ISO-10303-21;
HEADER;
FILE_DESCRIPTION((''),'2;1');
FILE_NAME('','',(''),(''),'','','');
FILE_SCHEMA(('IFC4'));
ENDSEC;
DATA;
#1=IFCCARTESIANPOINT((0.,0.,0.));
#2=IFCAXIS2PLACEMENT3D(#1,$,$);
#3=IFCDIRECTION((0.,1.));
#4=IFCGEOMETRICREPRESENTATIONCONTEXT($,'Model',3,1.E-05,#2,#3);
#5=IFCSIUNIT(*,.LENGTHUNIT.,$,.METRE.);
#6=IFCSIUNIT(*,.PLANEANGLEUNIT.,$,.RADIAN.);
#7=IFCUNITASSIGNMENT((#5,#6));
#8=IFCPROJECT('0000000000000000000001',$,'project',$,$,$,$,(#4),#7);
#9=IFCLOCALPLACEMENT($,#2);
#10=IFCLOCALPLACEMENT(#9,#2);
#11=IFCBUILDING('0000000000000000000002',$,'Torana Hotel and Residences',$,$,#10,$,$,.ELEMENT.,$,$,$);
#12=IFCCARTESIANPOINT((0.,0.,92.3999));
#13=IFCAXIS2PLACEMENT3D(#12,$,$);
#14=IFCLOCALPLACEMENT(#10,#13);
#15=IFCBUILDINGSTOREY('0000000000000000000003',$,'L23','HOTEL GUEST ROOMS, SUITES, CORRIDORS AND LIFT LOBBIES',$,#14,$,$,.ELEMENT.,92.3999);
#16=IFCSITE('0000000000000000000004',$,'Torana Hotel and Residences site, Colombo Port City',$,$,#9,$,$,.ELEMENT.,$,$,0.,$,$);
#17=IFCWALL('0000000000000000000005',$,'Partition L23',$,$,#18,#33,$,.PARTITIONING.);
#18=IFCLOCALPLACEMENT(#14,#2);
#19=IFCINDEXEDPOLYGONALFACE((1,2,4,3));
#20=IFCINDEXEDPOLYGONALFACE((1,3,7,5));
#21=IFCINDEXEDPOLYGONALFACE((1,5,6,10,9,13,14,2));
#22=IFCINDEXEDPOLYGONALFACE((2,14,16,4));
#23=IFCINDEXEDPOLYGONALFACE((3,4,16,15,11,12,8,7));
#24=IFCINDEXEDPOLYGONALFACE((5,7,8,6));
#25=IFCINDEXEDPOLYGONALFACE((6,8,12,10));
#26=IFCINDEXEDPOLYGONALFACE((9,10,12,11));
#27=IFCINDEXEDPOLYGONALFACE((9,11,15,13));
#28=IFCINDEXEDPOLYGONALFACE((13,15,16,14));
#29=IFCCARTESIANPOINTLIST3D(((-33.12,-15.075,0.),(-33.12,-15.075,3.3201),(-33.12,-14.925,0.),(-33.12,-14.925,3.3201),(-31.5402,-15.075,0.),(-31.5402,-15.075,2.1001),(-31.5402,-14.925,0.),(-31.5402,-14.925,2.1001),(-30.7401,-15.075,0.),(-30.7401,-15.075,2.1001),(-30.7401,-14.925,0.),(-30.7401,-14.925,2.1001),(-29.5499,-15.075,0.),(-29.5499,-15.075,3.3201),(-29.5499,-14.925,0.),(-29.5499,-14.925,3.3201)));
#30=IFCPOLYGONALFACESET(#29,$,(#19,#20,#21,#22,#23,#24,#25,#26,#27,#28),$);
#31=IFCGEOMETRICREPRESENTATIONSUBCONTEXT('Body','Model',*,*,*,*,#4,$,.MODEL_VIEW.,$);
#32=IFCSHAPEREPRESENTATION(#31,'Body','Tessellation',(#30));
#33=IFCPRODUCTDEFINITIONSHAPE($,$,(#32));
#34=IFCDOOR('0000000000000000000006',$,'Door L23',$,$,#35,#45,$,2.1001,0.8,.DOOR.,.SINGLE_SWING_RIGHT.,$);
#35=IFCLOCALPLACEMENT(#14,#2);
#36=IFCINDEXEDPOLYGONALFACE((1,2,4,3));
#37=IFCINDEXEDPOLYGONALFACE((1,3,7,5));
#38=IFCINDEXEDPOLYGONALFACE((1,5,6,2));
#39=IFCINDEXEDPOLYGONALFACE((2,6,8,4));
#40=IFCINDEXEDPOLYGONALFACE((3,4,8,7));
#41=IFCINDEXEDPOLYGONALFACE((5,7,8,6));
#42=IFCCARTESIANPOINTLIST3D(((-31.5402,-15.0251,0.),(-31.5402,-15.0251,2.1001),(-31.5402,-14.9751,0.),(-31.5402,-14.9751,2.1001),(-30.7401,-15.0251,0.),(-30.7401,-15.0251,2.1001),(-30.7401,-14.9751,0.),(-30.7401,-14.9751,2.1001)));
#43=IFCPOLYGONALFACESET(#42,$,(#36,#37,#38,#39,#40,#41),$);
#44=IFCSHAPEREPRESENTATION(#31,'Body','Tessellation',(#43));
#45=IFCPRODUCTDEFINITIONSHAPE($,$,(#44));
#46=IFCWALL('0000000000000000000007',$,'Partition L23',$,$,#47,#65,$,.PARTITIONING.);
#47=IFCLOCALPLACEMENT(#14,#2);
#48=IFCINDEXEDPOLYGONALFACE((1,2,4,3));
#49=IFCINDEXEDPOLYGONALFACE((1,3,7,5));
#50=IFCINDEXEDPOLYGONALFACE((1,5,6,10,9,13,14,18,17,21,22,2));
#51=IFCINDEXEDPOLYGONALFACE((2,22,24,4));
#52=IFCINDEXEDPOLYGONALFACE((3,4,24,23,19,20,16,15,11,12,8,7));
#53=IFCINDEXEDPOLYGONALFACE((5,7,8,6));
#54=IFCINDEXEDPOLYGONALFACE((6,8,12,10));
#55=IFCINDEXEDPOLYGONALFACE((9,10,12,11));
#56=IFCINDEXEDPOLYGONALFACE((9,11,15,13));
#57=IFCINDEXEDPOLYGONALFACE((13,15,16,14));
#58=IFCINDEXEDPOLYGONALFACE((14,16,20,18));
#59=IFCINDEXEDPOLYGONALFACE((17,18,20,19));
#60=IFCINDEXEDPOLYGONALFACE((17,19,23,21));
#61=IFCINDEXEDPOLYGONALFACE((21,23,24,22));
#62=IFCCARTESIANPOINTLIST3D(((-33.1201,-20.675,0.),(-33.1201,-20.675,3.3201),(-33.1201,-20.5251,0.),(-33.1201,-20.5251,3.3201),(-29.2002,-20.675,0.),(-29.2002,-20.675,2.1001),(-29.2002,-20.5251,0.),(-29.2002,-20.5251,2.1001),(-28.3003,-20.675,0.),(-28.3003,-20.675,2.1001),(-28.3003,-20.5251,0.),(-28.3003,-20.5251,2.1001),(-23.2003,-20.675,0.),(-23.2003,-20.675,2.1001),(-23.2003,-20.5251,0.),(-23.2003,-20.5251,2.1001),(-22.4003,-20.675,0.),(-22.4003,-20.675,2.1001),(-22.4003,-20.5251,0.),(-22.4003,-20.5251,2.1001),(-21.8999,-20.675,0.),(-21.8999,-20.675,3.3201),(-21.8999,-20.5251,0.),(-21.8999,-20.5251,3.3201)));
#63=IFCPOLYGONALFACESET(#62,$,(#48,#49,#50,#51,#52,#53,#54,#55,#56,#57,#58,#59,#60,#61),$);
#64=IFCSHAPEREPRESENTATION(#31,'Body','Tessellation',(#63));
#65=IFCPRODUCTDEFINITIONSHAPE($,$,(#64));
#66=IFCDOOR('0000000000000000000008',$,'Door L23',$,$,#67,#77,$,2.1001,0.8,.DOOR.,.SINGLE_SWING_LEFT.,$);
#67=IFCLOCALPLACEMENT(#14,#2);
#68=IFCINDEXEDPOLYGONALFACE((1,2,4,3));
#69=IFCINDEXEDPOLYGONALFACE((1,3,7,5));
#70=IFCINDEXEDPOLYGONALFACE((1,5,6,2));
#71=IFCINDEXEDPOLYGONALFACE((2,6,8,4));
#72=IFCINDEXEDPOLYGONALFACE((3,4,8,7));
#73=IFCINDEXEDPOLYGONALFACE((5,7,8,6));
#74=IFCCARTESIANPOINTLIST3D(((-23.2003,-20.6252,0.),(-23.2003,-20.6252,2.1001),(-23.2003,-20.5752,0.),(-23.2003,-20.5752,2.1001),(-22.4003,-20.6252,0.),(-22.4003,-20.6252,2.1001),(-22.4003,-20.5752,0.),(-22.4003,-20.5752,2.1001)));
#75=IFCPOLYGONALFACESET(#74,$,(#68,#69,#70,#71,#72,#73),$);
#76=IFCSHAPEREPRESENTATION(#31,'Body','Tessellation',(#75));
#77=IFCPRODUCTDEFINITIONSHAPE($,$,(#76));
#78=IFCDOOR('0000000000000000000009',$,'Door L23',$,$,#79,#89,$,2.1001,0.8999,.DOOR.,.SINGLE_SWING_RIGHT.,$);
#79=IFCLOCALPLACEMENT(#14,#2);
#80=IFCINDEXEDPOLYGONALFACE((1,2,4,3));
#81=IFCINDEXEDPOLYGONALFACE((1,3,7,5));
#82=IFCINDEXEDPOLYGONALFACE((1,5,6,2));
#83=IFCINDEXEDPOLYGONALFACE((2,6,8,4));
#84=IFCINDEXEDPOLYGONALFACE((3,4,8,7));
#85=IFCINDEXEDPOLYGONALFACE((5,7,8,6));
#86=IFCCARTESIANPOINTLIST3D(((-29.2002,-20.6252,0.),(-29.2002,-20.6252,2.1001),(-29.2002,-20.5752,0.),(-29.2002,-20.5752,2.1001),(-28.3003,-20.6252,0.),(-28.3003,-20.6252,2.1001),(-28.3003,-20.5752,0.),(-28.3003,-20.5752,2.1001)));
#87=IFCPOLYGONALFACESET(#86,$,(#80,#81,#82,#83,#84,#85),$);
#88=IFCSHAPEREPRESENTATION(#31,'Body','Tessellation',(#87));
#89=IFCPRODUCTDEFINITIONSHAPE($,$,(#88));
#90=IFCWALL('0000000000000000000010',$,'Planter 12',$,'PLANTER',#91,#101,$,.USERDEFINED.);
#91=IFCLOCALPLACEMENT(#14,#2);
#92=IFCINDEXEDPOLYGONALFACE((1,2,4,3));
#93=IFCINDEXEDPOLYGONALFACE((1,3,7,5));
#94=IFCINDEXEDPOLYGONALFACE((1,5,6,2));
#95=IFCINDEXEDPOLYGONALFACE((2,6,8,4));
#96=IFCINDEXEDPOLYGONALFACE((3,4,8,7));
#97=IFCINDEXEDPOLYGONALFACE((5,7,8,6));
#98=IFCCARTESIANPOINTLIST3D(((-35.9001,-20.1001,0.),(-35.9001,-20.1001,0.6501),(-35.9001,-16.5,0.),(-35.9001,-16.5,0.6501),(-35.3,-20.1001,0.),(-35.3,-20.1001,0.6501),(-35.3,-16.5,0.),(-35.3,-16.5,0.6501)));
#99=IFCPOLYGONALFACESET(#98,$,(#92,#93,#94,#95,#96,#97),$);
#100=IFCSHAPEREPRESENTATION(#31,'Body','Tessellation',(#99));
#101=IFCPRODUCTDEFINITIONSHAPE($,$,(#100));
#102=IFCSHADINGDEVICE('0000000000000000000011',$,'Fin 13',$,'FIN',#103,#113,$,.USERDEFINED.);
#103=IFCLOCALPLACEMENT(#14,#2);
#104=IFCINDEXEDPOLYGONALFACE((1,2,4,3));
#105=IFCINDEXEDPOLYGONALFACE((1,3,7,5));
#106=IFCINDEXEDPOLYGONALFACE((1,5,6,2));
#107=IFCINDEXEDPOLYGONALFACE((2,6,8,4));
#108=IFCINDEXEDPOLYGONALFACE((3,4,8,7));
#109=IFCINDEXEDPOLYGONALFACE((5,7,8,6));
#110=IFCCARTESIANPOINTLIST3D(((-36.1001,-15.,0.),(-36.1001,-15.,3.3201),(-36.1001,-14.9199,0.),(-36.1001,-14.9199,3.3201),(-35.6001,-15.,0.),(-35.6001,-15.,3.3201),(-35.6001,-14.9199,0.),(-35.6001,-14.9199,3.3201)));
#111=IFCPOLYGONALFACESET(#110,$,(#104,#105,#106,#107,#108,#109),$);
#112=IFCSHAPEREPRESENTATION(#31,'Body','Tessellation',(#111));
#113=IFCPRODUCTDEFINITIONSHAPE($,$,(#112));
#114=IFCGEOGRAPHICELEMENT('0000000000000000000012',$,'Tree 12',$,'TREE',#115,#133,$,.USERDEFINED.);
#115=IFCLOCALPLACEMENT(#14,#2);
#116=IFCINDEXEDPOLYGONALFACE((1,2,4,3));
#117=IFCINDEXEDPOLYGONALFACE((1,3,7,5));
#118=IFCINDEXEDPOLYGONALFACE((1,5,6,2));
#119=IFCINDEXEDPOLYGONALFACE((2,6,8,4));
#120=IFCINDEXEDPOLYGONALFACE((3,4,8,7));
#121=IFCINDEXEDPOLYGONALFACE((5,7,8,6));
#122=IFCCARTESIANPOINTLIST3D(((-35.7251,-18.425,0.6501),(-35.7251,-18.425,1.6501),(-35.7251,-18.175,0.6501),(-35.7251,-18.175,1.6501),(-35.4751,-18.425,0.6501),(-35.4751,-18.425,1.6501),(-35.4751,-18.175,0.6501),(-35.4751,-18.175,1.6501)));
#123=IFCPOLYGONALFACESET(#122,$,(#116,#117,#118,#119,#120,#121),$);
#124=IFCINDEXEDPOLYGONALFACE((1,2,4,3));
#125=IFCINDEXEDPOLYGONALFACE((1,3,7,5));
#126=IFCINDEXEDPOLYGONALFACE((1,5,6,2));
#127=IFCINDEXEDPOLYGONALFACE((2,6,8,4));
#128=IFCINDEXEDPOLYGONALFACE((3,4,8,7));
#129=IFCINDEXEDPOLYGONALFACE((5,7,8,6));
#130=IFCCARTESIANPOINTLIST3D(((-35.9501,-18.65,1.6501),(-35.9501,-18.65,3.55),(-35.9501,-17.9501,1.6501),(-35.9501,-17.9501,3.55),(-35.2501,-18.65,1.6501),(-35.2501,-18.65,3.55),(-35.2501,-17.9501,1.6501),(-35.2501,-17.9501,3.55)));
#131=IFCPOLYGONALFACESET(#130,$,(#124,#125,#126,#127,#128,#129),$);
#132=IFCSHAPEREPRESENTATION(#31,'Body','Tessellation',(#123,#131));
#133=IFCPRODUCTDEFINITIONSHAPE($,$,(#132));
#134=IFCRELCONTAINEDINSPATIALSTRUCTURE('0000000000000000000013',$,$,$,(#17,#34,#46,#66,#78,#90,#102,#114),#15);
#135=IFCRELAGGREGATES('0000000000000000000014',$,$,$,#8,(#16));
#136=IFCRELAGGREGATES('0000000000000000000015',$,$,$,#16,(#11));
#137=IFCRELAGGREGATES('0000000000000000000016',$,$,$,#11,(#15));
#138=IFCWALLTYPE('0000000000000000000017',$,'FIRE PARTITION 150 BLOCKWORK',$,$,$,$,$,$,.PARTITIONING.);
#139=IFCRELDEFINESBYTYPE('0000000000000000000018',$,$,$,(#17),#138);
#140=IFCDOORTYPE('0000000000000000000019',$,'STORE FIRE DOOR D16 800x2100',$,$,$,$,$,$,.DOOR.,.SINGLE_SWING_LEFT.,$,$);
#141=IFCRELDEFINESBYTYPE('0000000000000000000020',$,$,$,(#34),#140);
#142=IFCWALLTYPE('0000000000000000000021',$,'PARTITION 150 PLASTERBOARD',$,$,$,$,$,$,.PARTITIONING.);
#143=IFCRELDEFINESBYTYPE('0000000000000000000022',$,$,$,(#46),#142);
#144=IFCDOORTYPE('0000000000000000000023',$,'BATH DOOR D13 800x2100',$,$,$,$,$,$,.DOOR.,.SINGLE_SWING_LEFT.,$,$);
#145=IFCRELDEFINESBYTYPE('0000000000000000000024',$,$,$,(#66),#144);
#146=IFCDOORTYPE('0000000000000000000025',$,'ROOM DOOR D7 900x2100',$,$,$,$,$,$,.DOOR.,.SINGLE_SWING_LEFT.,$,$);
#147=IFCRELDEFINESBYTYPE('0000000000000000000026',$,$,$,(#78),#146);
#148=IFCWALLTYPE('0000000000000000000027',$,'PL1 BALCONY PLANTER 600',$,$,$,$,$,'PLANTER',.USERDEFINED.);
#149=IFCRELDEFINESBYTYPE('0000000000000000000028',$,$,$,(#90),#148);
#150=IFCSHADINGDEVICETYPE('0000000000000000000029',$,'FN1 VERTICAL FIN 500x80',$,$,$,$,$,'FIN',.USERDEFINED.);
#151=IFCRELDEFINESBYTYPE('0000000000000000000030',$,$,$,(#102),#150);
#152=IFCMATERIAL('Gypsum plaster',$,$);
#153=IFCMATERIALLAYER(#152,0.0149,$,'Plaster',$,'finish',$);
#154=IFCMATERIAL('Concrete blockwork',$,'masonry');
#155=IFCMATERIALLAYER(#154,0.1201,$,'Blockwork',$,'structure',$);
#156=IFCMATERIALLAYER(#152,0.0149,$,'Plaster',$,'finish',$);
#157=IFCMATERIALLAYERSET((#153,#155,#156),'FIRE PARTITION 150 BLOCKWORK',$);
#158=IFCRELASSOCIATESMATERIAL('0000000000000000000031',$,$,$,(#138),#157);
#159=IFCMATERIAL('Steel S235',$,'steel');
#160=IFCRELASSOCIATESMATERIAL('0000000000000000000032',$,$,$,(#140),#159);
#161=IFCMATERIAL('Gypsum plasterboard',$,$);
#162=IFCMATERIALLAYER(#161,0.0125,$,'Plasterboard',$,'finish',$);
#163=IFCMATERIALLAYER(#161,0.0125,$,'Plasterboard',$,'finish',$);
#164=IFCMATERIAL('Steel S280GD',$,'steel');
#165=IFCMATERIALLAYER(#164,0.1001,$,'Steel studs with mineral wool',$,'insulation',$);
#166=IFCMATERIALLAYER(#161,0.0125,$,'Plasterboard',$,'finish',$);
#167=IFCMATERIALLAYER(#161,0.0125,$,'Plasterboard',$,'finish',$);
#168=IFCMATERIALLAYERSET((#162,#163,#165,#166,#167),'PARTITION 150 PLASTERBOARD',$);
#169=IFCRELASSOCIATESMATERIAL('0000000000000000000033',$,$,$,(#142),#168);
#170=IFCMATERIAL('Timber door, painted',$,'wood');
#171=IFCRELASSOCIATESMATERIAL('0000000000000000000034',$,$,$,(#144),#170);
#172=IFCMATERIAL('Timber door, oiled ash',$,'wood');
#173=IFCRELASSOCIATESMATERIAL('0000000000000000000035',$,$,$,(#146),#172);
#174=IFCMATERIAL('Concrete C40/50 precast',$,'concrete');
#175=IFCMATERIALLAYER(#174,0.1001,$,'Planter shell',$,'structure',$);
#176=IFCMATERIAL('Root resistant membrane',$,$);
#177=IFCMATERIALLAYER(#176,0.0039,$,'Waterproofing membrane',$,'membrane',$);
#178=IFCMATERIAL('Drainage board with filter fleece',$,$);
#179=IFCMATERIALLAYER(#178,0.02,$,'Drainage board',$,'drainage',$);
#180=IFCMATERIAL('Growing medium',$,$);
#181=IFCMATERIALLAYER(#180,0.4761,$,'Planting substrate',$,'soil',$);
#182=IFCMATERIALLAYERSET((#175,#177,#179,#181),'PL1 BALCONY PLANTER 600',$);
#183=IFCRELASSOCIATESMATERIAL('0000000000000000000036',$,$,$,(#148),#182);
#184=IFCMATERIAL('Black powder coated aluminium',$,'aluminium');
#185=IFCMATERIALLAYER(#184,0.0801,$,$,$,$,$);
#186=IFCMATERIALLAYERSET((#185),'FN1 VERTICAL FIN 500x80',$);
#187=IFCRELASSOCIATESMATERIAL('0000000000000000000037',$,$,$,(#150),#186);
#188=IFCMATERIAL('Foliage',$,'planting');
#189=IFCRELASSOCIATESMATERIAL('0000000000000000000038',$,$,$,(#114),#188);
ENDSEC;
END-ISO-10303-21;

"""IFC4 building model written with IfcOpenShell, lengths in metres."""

from ifc_helpers import new_model, si_unit, direction, frame, frame_2d, origin, origin_2d, place, context, subcontext, project, spatial, rectangle, extrude, material, layer, layer_set, type_object, element, fill, save


model = new_model("IFC4")

# Units and contexts
model_context = context("Model", 3, precision=1e-05, world=origin(), true_north=direction((0.0, 1.0)))
body_context = subcontext(model_context, "Body", "Model", "MODEL_VIEW")
ifc_project = project(units=[si_unit("LENGTHUNIT", "METRE"), si_unit("PLANEANGLEUNIT", "RADIAN")], contexts=[model_context])

# Site, building, storey
site_placement = place(None, origin())
site = spatial("IfcSite", under=ifc_project, at=site_placement, Name="Torana Hotel and Residences site, Colombo Port City", CompositionType="ELEMENT", RefElevation=0.0)
building_placement = place(site_placement, origin())
building = spatial("IfcBuilding", under=site, at=building_placement, Name="Torana Hotel and Residences", CompositionType="ELEMENT")
storey_placement = place(building_placement, frame((0.0, 0.0, 92.3999)))
storey = spatial("IfcBuildingStorey", under=building, at=storey_placement, Name="L23", Description="HOTEL GUEST ROOMS, SUITES, CORRIDORS AND LIFT LOBBIES", CompositionType="ELEMENT", Elevation=92.3999)

# Shared definitions
ifc_material_1 = material(Name="Gypsum plaster")
ifc_layer_1 = layer(ifc_material_1, 0.0149, Name="Plaster", Category="finish")
ifc_material_2 = material(Name="Concrete blockwork", Category="masonry")
ifc_layer_2 = layer(ifc_material_2, 0.1201, Name="Blockwork", Category="structure")
ifc_layer_3 = layer(ifc_material_1, 0.0149, Name="Plaster", Category="finish")
ifc_layer_set_1 = layer_set([ifc_layer_1, ifc_layer_2, ifc_layer_3], Name="FIRE PARTITION 150 BLOCKWORK")
wall_type_1 = type_object("IfcWallType", Name="FIRE PARTITION 150 BLOCKWORK", PredefinedType="PARTITIONING", material=ifc_layer_set_1)

# Wall, opening, door
wall_1_placement = place(storey_placement, frame((-33.1201, -15.0, 0.0), z_axis=(0.0, 0.0, 1.0), x_axis=(1.0, 0.0, 0.0)))
wall_1 = element("IfcWall", 1, at=wall_1_placement, inside=storey, type_object=wall_type_1, Name="Partition L23", PredefinedType="PARTITIONING", context=body_context, shape_type="SweptSolid", body=[
    extrude(rectangle(XDim=3.5701, YDim=0.1499, at=frame_2d((1.7852, 0.0))), origin(), (0.0, 0.0, 1.0), 3.3201),
])
opening_1_placement = place(wall_1_placement, frame((1.5801, 0.0, 0.0)))
opening_1 = element("IfcOpeningElement", 2, at=opening_1_placement, cuts=wall_1, PredefinedType="OPENING", context=body_context, shape_type="SweptSolid", body=[
    extrude(rectangle(XDim=0.8, YDim=2.1001, at=frame_2d((0.3999, 1.05))), frame((0.0, 0.085, 0.0), z_axis=(0.0, -1.0, 0.0), x_axis=(1.0, 0.0, 0.0)), (0.0, 0.0, 1.0), 0.1699),
])
ifc_material_3 = material(Name="Steel S235", Category="steel")
door_type_1 = type_object("IfcDoorType", Name="STORE FIRE DOOR D16 800x2100", OperationType="SINGLE_SWING_LEFT", PredefinedType="DOOR", material=ifc_material_3)
door_1_placement = place(opening_1_placement, origin())
door_1 = element("IfcDoor", 3, at=door_1_placement, inside=storey, type_object=door_type_1, Name="Door L23", OperationType="SINGLE_SWING_RIGHT", OverallHeight=2.1001, OverallWidth=0.8, PredefinedType="DOOR", context=body_context, shape_type="SweptSolid", body=[
    extrude(rectangle(XDim=0.8, YDim=2.1001, at=frame_2d((0.3999, 1.05))), frame((0.0, 0.0249, 0.0), z_axis=(0.0, -1.0, 0.0), x_axis=(1.0, 0.0, 0.0)), (0.0, 0.0, 1.0), 0.05),
])
fill(opening_1, door_1)

# Wall, openings, doors
ifc_material_4 = material(Name="Gypsum plasterboard")
ifc_layer_4 = layer(ifc_material_4, 0.0125, Name="Plasterboard", Category="finish")
ifc_layer_5 = layer(ifc_material_4, 0.0125, Name="Plasterboard", Category="finish")
ifc_material_5 = material(Name="Steel S280GD", Category="steel")
ifc_layer_6 = layer(ifc_material_5, 0.1001, Name="Steel studs with mineral wool", Category="insulation")
ifc_layer_7 = layer(ifc_material_4, 0.0125, Name="Plasterboard", Category="finish")
ifc_layer_8 = layer(ifc_material_4, 0.0125, Name="Plasterboard", Category="finish")
ifc_layer_set_2 = layer_set([ifc_layer_4, ifc_layer_5, ifc_layer_6, ifc_layer_7, ifc_layer_8], Name="PARTITION 150 PLASTERBOARD")
wall_type_2 = type_object("IfcWallType", Name="PARTITION 150 PLASTERBOARD", PredefinedType="PARTITIONING", material=ifc_layer_set_2)
wall_2_placement = place(storey_placement, frame((-33.1201, -20.6001, 0.0), z_axis=(0.0, 0.0, 1.0), x_axis=(1.0, 0.0, 0.0)))
wall_2 = element("IfcWall", 4, at=wall_2_placement, inside=storey, type_object=wall_type_2, Name="Partition L23", PredefinedType="PARTITIONING", context=body_context, shape_type="SweptSolid", body=[
    extrude(rectangle(XDim=11.2202, YDim=0.1499, at=frame_2d((5.6101, 0.0))), origin(), (0.0, 0.0, 1.0), 3.3201),
])
opening_2_placement = place(wall_2_placement, frame((9.9199, 0.0, 0.0)))
opening_2 = element("IfcOpeningElement", 5, at=opening_2_placement, cuts=wall_2, PredefinedType="OPENING", context=body_context, shape_type="SweptSolid", body=[
    extrude(rectangle(XDim=0.8, YDim=2.1001, at=frame_2d((0.3999, 1.05))), frame((0.0, 0.085, 0.0), z_axis=(0.0, -1.0, 0.0), x_axis=(1.0, 0.0, 0.0)), (0.0, 0.0, 1.0), 0.1699),
])
opening_3_placement = place(wall_2_placement, frame((3.9199, 0.0, 0.0)))
opening_3 = element("IfcOpeningElement", 6, at=opening_3_placement, cuts=wall_2, PredefinedType="OPENING", context=body_context, shape_type="SweptSolid", body=[
    extrude(rectangle(XDim=0.8999, YDim=2.1001, at=frame_2d((0.45, 1.05))), frame((0.0, 0.085, 0.0), z_axis=(0.0, -1.0, 0.0), x_axis=(1.0, 0.0, 0.0)), (0.0, 0.0, 1.0), 0.1699),
])
ifc_material_6 = material(Name="Timber door, painted", Category="wood")
door_type_2 = type_object("IfcDoorType", Name="BATH DOOR D13 800x2100", OperationType="SINGLE_SWING_LEFT", PredefinedType="DOOR", material=ifc_material_6)
door_2_placement = place(opening_2_placement, origin())
door_2 = element("IfcDoor", 7, at=door_2_placement, inside=storey, type_object=door_type_2, Name="Door L23", OperationType="SINGLE_SWING_LEFT", OverallHeight=2.1001, OverallWidth=0.8, PredefinedType="DOOR", context=body_context, shape_type="SweptSolid", body=[
    extrude(rectangle(XDim=0.8, YDim=2.1001, at=frame_2d((0.3999, 1.05))), frame((0.0, 0.0249, 0.0), z_axis=(0.0, -1.0, 0.0), x_axis=(1.0, 0.0, 0.0)), (0.0, 0.0, 1.0), 0.05),
])
fill(opening_2, door_2)
ifc_material_7 = material(Name="Timber door, oiled ash", Category="wood")
door_type_3 = type_object("IfcDoorType", Name="ROOM DOOR D7 900x2100", OperationType="SINGLE_SWING_LEFT", PredefinedType="DOOR", material=ifc_material_7)
door_3_placement = place(opening_3_placement, origin())
door_3 = element("IfcDoor", 8, at=door_3_placement, inside=storey, type_object=door_type_3, Name="Door L23", OperationType="SINGLE_SWING_RIGHT", OverallHeight=2.1001, OverallWidth=0.8999, PredefinedType="DOOR", context=body_context, shape_type="SweptSolid", body=[
    extrude(rectangle(XDim=0.8999, YDim=2.1001, at=frame_2d((0.45, 1.05))), frame((0.0, 0.0249, 0.0), z_axis=(0.0, -1.0, 0.0), x_axis=(1.0, 0.0, 0.0)), (0.0, 0.0, 1.0), 0.05),
])
fill(opening_3, door_3)

# Wall
ifc_material_8 = material(Name="Concrete C40/50 precast", Category="concrete")
ifc_layer_9 = layer(ifc_material_8, 0.1001, Name="Planter shell", Category="structure")
ifc_material_9 = material(Name="Root resistant membrane")
ifc_layer_10 = layer(ifc_material_9, 0.0039, Name="Waterproofing membrane", Category="membrane")
ifc_material_10 = material(Name="Drainage board with filter fleece")
ifc_layer_11 = layer(ifc_material_10, 0.02, Name="Drainage board", Category="drainage")
ifc_material_11 = material(Name="Growing medium")
ifc_layer_12 = layer(ifc_material_11, 0.4761, Name="Planting substrate", Category="soil")
ifc_layer_set_3 = layer_set([ifc_layer_9, ifc_layer_10, ifc_layer_11, ifc_layer_12], Name="PL1 BALCONY PLANTER 600")
wall_type_3 = type_object("IfcWallType", Name="PL1 BALCONY PLANTER 600", ElementType="PLANTER", PredefinedType="USERDEFINED", material=ifc_layer_set_3)
wall_3_placement = place(storey_placement, frame((-35.6001, -20.1001, 0.0), z_axis=(0.0, 0.0, 1.0), x_axis=(0.0, 1.0, 0.0)))
element("IfcWall", 9, at=wall_3_placement, inside=storey, type_object=wall_type_3, Name="Planter 12", ObjectType="PLANTER", PredefinedType="USERDEFINED", context=body_context, shape_type="SweptSolid", body=[
    extrude(rectangle(XDim=3.6001, YDim=0.6001, at=frame_2d((1.8, 0.0))), origin(), (0.0, 0.0, 1.0), 0.6501),
])

# Shading device
ifc_material_12 = material(Name="Black powder coated aluminium", Category="aluminium")
ifc_layer_13 = layer(ifc_material_12, 0.0801)
ifc_layer_set_4 = layer_set([ifc_layer_13], Name="FN1 VERTICAL FIN 500x80")
shading_device_type = type_object("IfcShadingDeviceType", Name="FN1 VERTICAL FIN 500x80", ElementType="FIN", PredefinedType="USERDEFINED", material=ifc_layer_set_4)
shading_device_placement = place(storey_placement, frame((-35.8501, -14.96, 0.0), z_axis=(0.0, 0.0, 1.0), x_axis=(0.0, 1.0, 0.0)))
element("IfcShadingDevice", 10, at=shading_device_placement, inside=storey, type_object=shading_device_type, Name="Fin 13", ObjectType="FIN", PredefinedType="USERDEFINED", context=body_context, shape_type="SweptSolid", body=[
    extrude(rectangle(XDim=0.0801, YDim=0.5, at=origin_2d()), origin(), (0.0, 0.0, 1.0), 3.3201),
])

# Geographic element
ifc_material_13 = material(Name="Foliage", Category="planting")
geographic_element_placement = place(storey_placement, frame((-35.6001, -18.3, 0.6501), z_axis=(0.0, 0.0, 1.0), x_axis=(1.0, 0.0, 0.0)))
element("IfcGeographicElement", 11, at=geographic_element_placement, inside=storey, material=ifc_material_13, Name="Tree 12", ObjectType="TREE", PredefinedType="USERDEFINED", context=body_context, shape_type="SweptSolid", body=[
    extrude(rectangle(XDim=0.25, YDim=0.25, at=origin_2d()), origin(), (0.0, 0.0, 1.0), 1.0),
    extrude(rectangle(XDim=0.7, YDim=0.7, at=origin_2d()), frame((0.0, 0.0, 1.0)), (0.0, 0.0, 1.0), 1.8999),
])

save(model, "model.ifc")
